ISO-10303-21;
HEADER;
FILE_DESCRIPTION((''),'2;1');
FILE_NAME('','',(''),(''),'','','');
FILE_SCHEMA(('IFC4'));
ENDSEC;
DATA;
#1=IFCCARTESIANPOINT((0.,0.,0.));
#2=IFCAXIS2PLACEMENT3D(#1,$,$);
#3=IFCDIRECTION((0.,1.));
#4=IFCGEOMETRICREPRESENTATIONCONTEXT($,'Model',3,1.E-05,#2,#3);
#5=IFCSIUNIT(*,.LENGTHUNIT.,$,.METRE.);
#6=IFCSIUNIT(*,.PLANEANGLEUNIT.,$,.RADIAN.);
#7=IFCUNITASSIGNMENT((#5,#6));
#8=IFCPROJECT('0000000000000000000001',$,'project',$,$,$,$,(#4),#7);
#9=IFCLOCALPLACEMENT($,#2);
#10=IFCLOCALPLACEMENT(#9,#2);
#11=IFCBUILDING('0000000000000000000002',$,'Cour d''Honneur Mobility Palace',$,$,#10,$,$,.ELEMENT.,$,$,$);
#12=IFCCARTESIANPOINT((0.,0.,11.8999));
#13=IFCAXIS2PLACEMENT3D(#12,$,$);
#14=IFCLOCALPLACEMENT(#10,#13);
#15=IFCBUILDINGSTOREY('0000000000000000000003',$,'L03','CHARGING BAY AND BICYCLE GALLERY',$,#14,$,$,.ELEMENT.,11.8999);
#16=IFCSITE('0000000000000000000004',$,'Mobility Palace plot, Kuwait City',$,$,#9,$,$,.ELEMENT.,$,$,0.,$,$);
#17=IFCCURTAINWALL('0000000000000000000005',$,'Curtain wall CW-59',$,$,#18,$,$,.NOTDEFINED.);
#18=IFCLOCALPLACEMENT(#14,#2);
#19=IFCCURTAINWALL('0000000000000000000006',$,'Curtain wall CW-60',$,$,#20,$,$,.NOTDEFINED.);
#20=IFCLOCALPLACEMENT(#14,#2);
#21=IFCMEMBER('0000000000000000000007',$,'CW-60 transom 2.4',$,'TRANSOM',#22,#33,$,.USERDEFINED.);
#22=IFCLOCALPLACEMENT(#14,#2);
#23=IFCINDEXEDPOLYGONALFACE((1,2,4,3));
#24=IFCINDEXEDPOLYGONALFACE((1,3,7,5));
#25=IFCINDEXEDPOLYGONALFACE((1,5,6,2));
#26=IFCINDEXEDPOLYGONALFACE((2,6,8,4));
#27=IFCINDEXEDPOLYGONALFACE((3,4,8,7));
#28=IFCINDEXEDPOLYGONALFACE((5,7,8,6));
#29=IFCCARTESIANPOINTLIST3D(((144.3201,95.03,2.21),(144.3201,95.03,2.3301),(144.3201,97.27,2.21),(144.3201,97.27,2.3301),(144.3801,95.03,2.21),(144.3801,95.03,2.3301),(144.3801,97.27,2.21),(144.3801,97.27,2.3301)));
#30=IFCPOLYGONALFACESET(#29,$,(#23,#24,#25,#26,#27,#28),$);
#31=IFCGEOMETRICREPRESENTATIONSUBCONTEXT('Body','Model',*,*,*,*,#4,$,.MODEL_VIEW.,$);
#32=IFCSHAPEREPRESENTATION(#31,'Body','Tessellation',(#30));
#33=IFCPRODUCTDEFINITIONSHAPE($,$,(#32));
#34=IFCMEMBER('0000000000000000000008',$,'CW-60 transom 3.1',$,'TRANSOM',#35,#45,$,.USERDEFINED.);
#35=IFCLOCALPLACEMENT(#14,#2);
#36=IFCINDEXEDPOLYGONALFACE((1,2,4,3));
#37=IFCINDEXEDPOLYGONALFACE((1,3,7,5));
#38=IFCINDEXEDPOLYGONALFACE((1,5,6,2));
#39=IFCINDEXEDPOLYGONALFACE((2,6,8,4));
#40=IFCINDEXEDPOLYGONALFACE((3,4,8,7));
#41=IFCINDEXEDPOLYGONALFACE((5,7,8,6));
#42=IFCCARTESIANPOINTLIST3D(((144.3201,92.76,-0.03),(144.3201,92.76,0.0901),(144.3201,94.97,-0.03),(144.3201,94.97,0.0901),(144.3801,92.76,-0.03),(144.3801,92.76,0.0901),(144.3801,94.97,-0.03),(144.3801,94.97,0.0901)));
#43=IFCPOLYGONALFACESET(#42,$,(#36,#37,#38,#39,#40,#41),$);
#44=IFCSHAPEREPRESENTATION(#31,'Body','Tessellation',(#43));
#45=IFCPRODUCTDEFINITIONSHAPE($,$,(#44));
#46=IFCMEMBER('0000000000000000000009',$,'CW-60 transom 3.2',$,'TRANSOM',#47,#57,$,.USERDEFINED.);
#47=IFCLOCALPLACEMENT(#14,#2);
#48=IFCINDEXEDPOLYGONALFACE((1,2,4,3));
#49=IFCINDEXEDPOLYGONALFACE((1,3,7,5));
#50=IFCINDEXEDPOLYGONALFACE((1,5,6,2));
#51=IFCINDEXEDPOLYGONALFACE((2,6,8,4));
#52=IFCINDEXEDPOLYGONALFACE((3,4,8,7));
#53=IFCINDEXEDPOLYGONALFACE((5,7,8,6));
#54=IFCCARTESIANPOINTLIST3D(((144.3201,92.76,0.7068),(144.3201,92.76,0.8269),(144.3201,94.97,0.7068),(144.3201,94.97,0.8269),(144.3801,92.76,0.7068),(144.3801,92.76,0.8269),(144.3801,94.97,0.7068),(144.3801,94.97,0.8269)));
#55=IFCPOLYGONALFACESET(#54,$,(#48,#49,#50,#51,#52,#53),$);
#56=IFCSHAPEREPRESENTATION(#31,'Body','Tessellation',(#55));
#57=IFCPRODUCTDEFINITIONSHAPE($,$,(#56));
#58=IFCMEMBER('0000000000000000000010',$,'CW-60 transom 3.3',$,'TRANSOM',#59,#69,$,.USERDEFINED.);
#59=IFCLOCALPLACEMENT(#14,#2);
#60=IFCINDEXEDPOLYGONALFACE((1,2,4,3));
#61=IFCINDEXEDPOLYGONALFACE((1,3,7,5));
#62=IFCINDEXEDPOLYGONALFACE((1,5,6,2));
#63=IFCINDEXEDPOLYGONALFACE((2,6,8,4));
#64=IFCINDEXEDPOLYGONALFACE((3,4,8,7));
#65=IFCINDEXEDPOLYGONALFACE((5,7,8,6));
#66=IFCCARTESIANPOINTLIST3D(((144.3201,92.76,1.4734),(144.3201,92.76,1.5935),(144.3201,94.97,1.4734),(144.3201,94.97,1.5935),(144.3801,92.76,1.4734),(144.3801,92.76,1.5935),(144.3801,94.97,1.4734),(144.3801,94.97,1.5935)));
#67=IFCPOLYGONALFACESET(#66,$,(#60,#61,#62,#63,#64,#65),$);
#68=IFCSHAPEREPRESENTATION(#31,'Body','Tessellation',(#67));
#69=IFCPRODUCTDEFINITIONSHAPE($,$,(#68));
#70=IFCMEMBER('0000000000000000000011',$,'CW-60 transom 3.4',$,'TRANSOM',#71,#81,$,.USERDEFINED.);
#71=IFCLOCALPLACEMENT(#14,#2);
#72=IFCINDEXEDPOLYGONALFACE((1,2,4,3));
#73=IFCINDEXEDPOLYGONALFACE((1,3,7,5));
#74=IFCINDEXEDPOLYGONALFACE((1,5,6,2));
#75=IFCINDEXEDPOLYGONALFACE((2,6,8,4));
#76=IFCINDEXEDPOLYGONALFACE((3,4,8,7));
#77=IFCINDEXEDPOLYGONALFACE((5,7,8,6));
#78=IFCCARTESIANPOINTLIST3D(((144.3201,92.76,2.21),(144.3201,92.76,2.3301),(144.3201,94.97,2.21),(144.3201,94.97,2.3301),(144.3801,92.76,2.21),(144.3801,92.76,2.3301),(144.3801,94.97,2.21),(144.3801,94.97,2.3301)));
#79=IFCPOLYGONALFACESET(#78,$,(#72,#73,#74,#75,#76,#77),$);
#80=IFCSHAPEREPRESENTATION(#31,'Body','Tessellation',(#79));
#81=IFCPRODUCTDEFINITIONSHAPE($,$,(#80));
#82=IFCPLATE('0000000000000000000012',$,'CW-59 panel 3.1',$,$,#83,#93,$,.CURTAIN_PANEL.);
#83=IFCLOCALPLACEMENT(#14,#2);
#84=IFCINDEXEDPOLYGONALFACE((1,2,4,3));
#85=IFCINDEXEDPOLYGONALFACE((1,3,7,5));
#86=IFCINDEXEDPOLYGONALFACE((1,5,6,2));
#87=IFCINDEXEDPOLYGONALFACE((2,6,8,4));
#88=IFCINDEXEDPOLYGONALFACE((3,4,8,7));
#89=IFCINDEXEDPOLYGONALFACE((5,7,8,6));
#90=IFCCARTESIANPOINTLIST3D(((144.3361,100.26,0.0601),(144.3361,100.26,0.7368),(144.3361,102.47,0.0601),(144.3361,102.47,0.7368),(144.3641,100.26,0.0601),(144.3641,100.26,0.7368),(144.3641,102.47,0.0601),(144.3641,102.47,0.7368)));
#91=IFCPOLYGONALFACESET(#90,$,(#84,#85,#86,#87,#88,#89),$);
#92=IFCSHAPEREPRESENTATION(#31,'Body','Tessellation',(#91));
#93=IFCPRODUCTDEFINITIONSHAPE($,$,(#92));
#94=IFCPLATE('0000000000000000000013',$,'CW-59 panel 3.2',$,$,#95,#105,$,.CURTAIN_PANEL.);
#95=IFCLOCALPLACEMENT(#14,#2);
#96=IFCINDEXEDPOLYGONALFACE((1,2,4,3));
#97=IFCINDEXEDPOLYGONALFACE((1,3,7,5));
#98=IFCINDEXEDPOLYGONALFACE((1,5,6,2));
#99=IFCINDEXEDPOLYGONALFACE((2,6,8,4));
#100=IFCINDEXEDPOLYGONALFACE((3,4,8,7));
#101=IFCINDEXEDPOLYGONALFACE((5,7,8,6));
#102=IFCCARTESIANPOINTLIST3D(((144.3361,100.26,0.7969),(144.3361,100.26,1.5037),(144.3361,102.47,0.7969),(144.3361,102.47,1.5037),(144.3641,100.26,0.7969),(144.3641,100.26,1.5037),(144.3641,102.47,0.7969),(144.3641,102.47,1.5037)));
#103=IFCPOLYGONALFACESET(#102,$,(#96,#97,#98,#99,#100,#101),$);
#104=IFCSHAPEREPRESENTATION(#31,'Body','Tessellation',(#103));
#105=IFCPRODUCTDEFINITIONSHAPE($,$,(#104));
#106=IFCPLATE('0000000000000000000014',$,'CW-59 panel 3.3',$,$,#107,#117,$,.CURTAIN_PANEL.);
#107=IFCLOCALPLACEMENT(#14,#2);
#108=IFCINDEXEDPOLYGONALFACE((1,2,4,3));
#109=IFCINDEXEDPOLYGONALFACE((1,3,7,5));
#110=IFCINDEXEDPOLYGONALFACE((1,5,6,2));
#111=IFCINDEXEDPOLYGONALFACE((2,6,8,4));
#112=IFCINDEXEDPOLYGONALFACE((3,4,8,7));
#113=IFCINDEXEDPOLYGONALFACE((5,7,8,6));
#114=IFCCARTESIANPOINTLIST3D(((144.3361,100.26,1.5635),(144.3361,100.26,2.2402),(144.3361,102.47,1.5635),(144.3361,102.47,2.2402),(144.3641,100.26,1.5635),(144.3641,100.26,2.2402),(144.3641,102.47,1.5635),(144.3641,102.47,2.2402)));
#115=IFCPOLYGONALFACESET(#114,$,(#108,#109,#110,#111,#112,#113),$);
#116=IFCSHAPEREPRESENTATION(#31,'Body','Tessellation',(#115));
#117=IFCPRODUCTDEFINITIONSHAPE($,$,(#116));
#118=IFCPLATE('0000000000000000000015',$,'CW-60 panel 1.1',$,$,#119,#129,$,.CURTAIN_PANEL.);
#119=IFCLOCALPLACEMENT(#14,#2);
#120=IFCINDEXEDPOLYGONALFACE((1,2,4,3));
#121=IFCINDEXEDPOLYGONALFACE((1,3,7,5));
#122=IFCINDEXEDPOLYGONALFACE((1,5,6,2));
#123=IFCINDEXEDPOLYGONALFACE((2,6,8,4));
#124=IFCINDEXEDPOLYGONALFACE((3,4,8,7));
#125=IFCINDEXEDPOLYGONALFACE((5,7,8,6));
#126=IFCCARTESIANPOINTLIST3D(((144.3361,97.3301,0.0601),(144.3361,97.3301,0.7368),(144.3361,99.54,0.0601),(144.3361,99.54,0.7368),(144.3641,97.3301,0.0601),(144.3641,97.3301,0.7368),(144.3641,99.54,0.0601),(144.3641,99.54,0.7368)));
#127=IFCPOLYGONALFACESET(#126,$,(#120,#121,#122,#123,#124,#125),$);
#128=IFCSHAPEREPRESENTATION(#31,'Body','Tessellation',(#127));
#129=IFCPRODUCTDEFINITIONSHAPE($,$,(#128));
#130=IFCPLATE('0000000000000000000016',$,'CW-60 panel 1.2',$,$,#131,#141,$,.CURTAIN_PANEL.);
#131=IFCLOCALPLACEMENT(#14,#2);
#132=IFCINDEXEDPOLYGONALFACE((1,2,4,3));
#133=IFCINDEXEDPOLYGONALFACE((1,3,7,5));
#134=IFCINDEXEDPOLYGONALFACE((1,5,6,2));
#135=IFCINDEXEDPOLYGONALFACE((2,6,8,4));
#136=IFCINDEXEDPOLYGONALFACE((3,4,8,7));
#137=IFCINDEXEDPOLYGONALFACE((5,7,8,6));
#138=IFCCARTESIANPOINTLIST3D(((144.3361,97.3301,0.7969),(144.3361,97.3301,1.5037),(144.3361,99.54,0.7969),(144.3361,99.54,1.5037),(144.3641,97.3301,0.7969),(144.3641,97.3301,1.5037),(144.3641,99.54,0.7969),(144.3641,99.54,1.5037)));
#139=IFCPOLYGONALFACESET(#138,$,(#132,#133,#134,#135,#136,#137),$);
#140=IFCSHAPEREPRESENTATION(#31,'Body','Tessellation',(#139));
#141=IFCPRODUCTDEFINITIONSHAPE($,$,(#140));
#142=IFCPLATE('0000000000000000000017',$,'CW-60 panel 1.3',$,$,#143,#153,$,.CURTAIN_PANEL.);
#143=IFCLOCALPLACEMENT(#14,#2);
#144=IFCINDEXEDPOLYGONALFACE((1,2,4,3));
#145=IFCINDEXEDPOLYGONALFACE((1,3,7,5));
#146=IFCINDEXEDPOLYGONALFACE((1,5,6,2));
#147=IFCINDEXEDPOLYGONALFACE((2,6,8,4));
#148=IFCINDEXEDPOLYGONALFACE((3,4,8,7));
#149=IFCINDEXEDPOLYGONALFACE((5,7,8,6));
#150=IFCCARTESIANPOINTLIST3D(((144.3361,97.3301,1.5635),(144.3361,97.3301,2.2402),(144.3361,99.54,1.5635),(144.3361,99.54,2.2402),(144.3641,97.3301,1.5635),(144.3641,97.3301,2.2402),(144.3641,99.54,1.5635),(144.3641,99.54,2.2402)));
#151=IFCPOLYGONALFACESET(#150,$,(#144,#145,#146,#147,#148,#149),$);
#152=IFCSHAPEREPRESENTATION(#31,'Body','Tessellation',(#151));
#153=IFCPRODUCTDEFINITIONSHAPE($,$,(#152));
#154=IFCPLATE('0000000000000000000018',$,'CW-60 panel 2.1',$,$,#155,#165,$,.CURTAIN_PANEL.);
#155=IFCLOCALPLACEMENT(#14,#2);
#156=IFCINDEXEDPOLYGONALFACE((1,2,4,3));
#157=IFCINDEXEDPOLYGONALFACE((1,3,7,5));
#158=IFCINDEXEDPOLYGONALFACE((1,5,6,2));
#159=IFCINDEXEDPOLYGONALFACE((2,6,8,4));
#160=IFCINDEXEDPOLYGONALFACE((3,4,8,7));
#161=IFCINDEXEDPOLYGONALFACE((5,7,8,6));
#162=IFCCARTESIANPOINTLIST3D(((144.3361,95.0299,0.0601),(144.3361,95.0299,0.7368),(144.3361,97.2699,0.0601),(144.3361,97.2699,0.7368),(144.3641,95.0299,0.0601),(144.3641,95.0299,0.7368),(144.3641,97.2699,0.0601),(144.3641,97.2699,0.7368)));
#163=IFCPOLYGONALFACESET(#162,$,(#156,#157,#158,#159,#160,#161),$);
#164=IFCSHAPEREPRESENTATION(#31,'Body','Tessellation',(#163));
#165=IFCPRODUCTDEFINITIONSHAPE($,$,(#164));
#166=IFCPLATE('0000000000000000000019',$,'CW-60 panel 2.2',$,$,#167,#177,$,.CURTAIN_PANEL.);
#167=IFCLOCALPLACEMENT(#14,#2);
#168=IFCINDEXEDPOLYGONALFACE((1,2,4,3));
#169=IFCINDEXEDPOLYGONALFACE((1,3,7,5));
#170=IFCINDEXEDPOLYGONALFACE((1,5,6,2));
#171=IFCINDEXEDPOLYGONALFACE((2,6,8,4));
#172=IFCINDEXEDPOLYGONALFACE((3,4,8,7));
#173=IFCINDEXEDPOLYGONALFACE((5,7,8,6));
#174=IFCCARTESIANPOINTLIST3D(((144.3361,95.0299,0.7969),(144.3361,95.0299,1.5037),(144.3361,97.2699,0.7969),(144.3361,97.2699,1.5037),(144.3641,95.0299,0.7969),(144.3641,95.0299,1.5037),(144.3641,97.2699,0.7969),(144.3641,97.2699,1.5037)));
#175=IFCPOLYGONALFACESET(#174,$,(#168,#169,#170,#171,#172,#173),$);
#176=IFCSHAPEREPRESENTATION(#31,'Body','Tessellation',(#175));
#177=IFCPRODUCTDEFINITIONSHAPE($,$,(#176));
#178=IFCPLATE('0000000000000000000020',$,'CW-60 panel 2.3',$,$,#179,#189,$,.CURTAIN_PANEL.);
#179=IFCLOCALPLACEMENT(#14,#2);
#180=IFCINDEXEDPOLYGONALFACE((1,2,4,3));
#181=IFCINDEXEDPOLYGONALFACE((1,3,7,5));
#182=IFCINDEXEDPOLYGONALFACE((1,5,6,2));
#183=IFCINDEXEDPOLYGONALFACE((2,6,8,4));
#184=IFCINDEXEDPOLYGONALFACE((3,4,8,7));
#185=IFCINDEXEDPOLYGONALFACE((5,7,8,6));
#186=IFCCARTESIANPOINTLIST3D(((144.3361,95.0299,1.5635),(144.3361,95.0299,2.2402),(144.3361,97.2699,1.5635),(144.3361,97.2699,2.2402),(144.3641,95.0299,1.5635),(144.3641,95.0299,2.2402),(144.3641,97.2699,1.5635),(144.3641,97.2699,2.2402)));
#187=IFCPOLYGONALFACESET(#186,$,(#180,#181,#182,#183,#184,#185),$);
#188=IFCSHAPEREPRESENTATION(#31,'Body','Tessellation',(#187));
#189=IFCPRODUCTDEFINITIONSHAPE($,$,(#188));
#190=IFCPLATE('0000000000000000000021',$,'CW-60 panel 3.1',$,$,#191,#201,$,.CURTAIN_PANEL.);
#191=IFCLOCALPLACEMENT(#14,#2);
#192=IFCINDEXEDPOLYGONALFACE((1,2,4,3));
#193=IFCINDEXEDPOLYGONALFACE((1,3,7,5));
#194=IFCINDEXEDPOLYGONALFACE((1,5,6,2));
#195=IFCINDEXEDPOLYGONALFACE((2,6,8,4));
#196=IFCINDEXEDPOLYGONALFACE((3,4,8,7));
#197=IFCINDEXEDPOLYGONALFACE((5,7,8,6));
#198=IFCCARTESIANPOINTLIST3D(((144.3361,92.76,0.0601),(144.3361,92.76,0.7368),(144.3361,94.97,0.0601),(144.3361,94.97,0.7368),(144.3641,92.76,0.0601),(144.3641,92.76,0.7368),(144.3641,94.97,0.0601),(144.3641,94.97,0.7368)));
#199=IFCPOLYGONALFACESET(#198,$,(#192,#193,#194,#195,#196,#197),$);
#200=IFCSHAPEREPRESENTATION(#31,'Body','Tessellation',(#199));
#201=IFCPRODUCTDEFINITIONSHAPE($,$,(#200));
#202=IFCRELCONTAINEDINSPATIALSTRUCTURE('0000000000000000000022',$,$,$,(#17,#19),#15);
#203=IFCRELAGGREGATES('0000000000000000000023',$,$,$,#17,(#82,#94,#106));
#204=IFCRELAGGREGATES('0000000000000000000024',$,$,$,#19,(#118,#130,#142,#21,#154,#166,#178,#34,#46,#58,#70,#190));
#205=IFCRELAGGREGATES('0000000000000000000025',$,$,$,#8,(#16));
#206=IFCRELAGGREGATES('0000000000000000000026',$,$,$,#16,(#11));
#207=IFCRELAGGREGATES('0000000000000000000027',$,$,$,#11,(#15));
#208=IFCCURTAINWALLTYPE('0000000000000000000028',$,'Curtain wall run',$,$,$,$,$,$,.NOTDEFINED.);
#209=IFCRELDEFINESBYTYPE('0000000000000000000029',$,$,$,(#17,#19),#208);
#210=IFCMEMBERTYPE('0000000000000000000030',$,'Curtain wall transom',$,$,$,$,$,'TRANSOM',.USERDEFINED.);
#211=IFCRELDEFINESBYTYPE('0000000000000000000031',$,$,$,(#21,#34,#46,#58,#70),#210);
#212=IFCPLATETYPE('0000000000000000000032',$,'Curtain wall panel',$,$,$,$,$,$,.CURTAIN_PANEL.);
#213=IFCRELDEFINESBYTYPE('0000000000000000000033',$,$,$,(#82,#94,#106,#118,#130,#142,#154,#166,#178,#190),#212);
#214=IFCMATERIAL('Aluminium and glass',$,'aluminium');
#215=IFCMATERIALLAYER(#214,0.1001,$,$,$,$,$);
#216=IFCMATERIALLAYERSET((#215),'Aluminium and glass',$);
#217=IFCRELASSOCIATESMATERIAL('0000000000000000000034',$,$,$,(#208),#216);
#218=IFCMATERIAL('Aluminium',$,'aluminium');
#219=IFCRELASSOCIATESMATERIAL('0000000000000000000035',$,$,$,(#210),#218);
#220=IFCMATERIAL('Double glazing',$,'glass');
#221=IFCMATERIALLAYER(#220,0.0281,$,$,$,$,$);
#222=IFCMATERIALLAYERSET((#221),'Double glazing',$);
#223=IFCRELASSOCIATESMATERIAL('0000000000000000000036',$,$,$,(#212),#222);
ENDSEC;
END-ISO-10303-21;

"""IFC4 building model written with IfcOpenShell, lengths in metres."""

from ifc_helpers import new_model, si_unit, direction, frame, origin, origin_2d, place, context, subcontext, project, spatial, rectangle, extrude, material, layer, layer_set, material_profile, profile_set, type_object, element, aggregate, save


model = new_model("IFC4")

# Units and contexts
model_context = context("Model", 3, precision=1e-05, world=origin(), true_north=direction((0.0, 1.0)))
body_context = subcontext(model_context, "Body", "Model", "MODEL_VIEW")
ifc_project = project(units=[si_unit("LENGTHUNIT", "METRE"), si_unit("PLANEANGLEUNIT", "RADIAN")], contexts=[model_context])

# Site, building, storey
site_placement = place(None, origin())
site = spatial("IfcSite", under=ifc_project, at=site_placement, Name="Mobility Palace plot, Kuwait City", CompositionType="ELEMENT", RefElevation=0.0)
building_placement = place(site_placement, origin())
building = spatial("IfcBuilding", under=site, at=building_placement, Name="Cour d'Honneur Mobility Palace", CompositionType="ELEMENT")
storey_placement = place(building_placement, frame((0.0, 0.0, 11.8999)))
storey = spatial("IfcBuildingStorey", under=building, at=storey_placement, Name="L03", Description="CHARGING BAY AND BICYCLE GALLERY", CompositionType="ELEMENT", Elevation=11.8999)

# Curtain wall
ifc_material_1 = material(Name="Aluminium and glass", Category="aluminium")
ifc_layer_1 = layer(ifc_material_1, 0.1001)
ifc_layer_set_1 = layer_set([ifc_layer_1], Name="Aluminium and glass")
curtain_wall_type = type_object("IfcCurtainWallType", Name="Curtain wall run", PredefinedType="NOTDEFINED", material=ifc_layer_set_1)
curtain_wall_1_placement = place(storey_placement, origin())
curtain_wall_1 = element("IfcCurtainWall", 1, at=curtain_wall_1_placement, inside=storey, type_object=curtain_wall_type, Name="Curtain wall CW-59", PredefinedType="NOTDEFINED")

# Curtain wall
curtain_wall_2_placement = place(storey_placement, origin())
curtain_wall_2 = element("IfcCurtainWall", 2, at=curtain_wall_2_placement, inside=storey, type_object=curtain_wall_type, Name="Curtain wall CW-60", PredefinedType="NOTDEFINED")

# Members
ifc_material_2 = material(Name="Aluminium", Category="aluminium")
ifc_material_profile_1 = material_profile(ifc_material_2, rectangle(XDim=0.0601, YDim=0.1201, at=origin_2d()), Name="Curtain wall transom")
ifc_profile_set_1 = profile_set([ifc_material_profile_1], Name="Aluminium")
member_type_1 = type_object("IfcMemberType", Name="Curtain wall transom", ElementType="TRANSOM", PredefinedType="USERDEFINED", material=ifc_profile_set_1)
member_1_placement = place(storey_placement, frame((144.3501, 97.27, 2.27), z_axis=(0.0, -1.0, 0.0), x_axis=(1.0, 0.0, 0.0)))
member_1 = element("IfcMember", 3, at=member_1_placement, type_object=member_type_1, Name="CW-60 transom 2.4", ObjectType="TRANSOM", PredefinedType="USERDEFINED", context=body_context, shape_type="SweptSolid", body=[
    extrude(rectangle(XDim=0.0601, YDim=0.1201, at=origin_2d()), origin(), (0.0, 0.0, 1.0), 2.24),
])
member_2_placement = place(storey_placement, frame((144.3501, 94.97, 0.03), z_axis=(0.0, -1.0, 0.0), x_axis=(1.0, 0.0, 0.0)))
member_2 = element("IfcMember", 4, at=member_2_placement, type_object=member_type_1, Name="CW-60 transom 3.1", ObjectType="TRANSOM", PredefinedType="USERDEFINED", context=body_context, shape_type="SweptSolid", body=[
    extrude(rectangle(XDim=0.0601, YDim=0.1201, at=origin_2d()), origin(), (0.0, 0.0, 1.0), 2.21),
])
member_3_placement = place(storey_placement, frame((144.3501, 94.97, 0.7668), z_axis=(0.0, -1.0, 0.0), x_axis=(1.0, 0.0, 0.0)))
member_3 = element("IfcMember", 5, at=member_3_placement, type_object=member_type_1, Name="CW-60 transom 3.2", ObjectType="TRANSOM", PredefinedType="USERDEFINED", context=body_context, shape_type="SweptSolid", body=[
    extrude(rectangle(XDim=0.0601, YDim=0.1201, at=origin_2d()), origin(), (0.0, 0.0, 1.0), 2.21),
])
member_4_placement = place(storey_placement, frame((144.3501, 94.97, 1.5334), z_axis=(0.0, -1.0, 0.0), x_axis=(1.0, 0.0, 0.0)))
member_4 = element("IfcMember", 6, at=member_4_placement, type_object=member_type_1, Name="CW-60 transom 3.3", ObjectType="TRANSOM", PredefinedType="USERDEFINED", context=body_context, shape_type="SweptSolid", body=[
    extrude(rectangle(XDim=0.0601, YDim=0.1201, at=origin_2d()), origin(), (0.0, 0.0, 1.0), 2.21),
])
member_5_placement = place(storey_placement, frame((144.3501, 94.97, 2.27), z_axis=(0.0, -1.0, 0.0), x_axis=(1.0, 0.0, 0.0)))
member_5 = element("IfcMember", 7, at=member_5_placement, type_object=member_type_1, Name="CW-60 transom 3.4", ObjectType="TRANSOM", PredefinedType="USERDEFINED", context=body_context, shape_type="SweptSolid", body=[
    extrude(rectangle(XDim=0.0601, YDim=0.1201, at=origin_2d()), origin(), (0.0, 0.0, 1.0), 2.21),
])

# Plates
ifc_material_3 = material(Name="Double glazing", Category="glass")
ifc_layer_2 = layer(ifc_material_3, 0.0281)
ifc_layer_set_2 = layer_set([ifc_layer_2], Name="Double glazing")
plate_type = type_object("IfcPlateType", Name="Curtain wall panel", PredefinedType="CURTAIN_PANEL", material=ifc_layer_set_2)
plate_1_placement = place(storey_placement, frame((144.3501, 101.365, 0.0601), z_axis=(0.0, 0.0, 1.0), x_axis=(0.0, -1.0, 0.0)))
plate_1 = element("IfcPlate", 8, at=plate_1_placement, type_object=plate_type, Name="CW-59 panel 3.1", PredefinedType="CURTAIN_PANEL", context=body_context, shape_type="SweptSolid", body=[
    extrude(rectangle(XDim=2.21, YDim=0.0281, at=origin_2d()), origin(), (0.0, 0.0, 1.0), 0.6768),
])
plate_2_placement = place(storey_placement, frame((144.3501, 101.365, 0.7969), z_axis=(0.0, 0.0, 1.0), x_axis=(0.0, -1.0, 0.0)))
plate_2 = element("IfcPlate", 9, at=plate_2_placement, type_object=plate_type, Name="CW-59 panel 3.2", PredefinedType="CURTAIN_PANEL", context=body_context, shape_type="SweptSolid", body=[
    extrude(rectangle(XDim=2.21, YDim=0.0281, at=origin_2d()), origin(), (0.0, 0.0, 1.0), 0.7068),
])
plate_3_placement = place(storey_placement, frame((144.3501, 101.365, 1.5635), z_axis=(0.0, 0.0, 1.0), x_axis=(0.0, -1.0, 0.0)))
plate_3 = element("IfcPlate", 10, at=plate_3_placement, type_object=plate_type, Name="CW-59 panel 3.3", PredefinedType="CURTAIN_PANEL", context=body_context, shape_type="SweptSolid", body=[
    extrude(rectangle(XDim=2.21, YDim=0.0281, at=origin_2d()), origin(), (0.0, 0.0, 1.0), 0.6768),
])
aggregate(curtain_wall_1, [plate_1, plate_2, plate_3])
plate_4_placement = place(storey_placement, frame((144.3501, 98.4351, 0.0601), z_axis=(0.0, 0.0, 1.0), x_axis=(0.0, -1.0, 0.0)))
plate_4 = element("IfcPlate", 11, at=plate_4_placement, type_object=plate_type, Name="CW-60 panel 1.1", PredefinedType="CURTAIN_PANEL", context=body_context, shape_type="SweptSolid", body=[
    extrude(rectangle(XDim=2.21, YDim=0.0281, at=origin_2d()), origin(), (0.0, 0.0, 1.0), 0.6768),
])
plate_5_placement = place(storey_placement, frame((144.3501, 98.4351, 0.7969), z_axis=(0.0, 0.0, 1.0), x_axis=(0.0, -1.0, 0.0)))
plate_5 = element("IfcPlate", 12, at=plate_5_placement, type_object=plate_type, Name="CW-60 panel 1.2", PredefinedType="CURTAIN_PANEL", context=body_context, shape_type="SweptSolid", body=[
    extrude(rectangle(XDim=2.21, YDim=0.0281, at=origin_2d()), origin(), (0.0, 0.0, 1.0), 0.7068),
])
plate_6_placement = place(storey_placement, frame((144.3501, 98.4351, 1.5635), z_axis=(0.0, 0.0, 1.0), x_axis=(0.0, -1.0, 0.0)))
plate_6 = element("IfcPlate", 13, at=plate_6_placement, type_object=plate_type, Name="CW-60 panel 1.3", PredefinedType="CURTAIN_PANEL", context=body_context, shape_type="SweptSolid", body=[
    extrude(rectangle(XDim=2.21, YDim=0.0281, at=origin_2d()), origin(), (0.0, 0.0, 1.0), 0.6768),
])
plate_7_placement = place(storey_placement, frame((144.3501, 96.1499, 0.0601), z_axis=(0.0, 0.0, 1.0), x_axis=(0.0, -1.0, 0.0)))
plate_7 = element("IfcPlate", 14, at=plate_7_placement, type_object=plate_type, Name="CW-60 panel 2.1", PredefinedType="CURTAIN_PANEL", context=body_context, shape_type="SweptSolid", body=[
    extrude(rectangle(XDim=2.24, YDim=0.0281, at=origin_2d()), origin(), (0.0, 0.0, 1.0), 0.6768),
])
plate_8_placement = place(storey_placement, frame((144.3501, 96.1499, 0.7969), z_axis=(0.0, 0.0, 1.0), x_axis=(0.0, -1.0, 0.0)))
plate_8 = element("IfcPlate", 15, at=plate_8_placement, type_object=plate_type, Name="CW-60 panel 2.2", PredefinedType="CURTAIN_PANEL", context=body_context, shape_type="SweptSolid", body=[
    extrude(rectangle(XDim=2.24, YDim=0.0281, at=origin_2d()), origin(), (0.0, 0.0, 1.0), 0.7068),
])
plate_9_placement = place(storey_placement, frame((144.3501, 96.1499, 1.5635), z_axis=(0.0, 0.0, 1.0), x_axis=(0.0, -1.0, 0.0)))
plate_9 = element("IfcPlate", 16, at=plate_9_placement, type_object=plate_type, Name="CW-60 panel 2.3", PredefinedType="CURTAIN_PANEL", context=body_context, shape_type="SweptSolid", body=[
    extrude(rectangle(XDim=2.24, YDim=0.0281, at=origin_2d()), origin(), (0.0, 0.0, 1.0), 0.6768),
])
plate_10_placement = place(storey_placement, frame((144.3501, 93.865, 0.0601), z_axis=(0.0, 0.0, 1.0), x_axis=(0.0, -1.0, 0.0)))
plate_10 = element("IfcPlate", 17, at=plate_10_placement, type_object=plate_type, Name="CW-60 panel 3.1", PredefinedType="CURTAIN_PANEL", context=body_context, shape_type="SweptSolid", body=[
    extrude(rectangle(XDim=2.21, YDim=0.0281, at=origin_2d()), origin(), (0.0, 0.0, 1.0), 0.6768),
])
aggregate(curtain_wall_2, [plate_4, plate_5, plate_6, member_1, plate_7, plate_8, plate_9, member_2, member_3, member_4, member_5, plate_10])

save(model, "model.ifc")
